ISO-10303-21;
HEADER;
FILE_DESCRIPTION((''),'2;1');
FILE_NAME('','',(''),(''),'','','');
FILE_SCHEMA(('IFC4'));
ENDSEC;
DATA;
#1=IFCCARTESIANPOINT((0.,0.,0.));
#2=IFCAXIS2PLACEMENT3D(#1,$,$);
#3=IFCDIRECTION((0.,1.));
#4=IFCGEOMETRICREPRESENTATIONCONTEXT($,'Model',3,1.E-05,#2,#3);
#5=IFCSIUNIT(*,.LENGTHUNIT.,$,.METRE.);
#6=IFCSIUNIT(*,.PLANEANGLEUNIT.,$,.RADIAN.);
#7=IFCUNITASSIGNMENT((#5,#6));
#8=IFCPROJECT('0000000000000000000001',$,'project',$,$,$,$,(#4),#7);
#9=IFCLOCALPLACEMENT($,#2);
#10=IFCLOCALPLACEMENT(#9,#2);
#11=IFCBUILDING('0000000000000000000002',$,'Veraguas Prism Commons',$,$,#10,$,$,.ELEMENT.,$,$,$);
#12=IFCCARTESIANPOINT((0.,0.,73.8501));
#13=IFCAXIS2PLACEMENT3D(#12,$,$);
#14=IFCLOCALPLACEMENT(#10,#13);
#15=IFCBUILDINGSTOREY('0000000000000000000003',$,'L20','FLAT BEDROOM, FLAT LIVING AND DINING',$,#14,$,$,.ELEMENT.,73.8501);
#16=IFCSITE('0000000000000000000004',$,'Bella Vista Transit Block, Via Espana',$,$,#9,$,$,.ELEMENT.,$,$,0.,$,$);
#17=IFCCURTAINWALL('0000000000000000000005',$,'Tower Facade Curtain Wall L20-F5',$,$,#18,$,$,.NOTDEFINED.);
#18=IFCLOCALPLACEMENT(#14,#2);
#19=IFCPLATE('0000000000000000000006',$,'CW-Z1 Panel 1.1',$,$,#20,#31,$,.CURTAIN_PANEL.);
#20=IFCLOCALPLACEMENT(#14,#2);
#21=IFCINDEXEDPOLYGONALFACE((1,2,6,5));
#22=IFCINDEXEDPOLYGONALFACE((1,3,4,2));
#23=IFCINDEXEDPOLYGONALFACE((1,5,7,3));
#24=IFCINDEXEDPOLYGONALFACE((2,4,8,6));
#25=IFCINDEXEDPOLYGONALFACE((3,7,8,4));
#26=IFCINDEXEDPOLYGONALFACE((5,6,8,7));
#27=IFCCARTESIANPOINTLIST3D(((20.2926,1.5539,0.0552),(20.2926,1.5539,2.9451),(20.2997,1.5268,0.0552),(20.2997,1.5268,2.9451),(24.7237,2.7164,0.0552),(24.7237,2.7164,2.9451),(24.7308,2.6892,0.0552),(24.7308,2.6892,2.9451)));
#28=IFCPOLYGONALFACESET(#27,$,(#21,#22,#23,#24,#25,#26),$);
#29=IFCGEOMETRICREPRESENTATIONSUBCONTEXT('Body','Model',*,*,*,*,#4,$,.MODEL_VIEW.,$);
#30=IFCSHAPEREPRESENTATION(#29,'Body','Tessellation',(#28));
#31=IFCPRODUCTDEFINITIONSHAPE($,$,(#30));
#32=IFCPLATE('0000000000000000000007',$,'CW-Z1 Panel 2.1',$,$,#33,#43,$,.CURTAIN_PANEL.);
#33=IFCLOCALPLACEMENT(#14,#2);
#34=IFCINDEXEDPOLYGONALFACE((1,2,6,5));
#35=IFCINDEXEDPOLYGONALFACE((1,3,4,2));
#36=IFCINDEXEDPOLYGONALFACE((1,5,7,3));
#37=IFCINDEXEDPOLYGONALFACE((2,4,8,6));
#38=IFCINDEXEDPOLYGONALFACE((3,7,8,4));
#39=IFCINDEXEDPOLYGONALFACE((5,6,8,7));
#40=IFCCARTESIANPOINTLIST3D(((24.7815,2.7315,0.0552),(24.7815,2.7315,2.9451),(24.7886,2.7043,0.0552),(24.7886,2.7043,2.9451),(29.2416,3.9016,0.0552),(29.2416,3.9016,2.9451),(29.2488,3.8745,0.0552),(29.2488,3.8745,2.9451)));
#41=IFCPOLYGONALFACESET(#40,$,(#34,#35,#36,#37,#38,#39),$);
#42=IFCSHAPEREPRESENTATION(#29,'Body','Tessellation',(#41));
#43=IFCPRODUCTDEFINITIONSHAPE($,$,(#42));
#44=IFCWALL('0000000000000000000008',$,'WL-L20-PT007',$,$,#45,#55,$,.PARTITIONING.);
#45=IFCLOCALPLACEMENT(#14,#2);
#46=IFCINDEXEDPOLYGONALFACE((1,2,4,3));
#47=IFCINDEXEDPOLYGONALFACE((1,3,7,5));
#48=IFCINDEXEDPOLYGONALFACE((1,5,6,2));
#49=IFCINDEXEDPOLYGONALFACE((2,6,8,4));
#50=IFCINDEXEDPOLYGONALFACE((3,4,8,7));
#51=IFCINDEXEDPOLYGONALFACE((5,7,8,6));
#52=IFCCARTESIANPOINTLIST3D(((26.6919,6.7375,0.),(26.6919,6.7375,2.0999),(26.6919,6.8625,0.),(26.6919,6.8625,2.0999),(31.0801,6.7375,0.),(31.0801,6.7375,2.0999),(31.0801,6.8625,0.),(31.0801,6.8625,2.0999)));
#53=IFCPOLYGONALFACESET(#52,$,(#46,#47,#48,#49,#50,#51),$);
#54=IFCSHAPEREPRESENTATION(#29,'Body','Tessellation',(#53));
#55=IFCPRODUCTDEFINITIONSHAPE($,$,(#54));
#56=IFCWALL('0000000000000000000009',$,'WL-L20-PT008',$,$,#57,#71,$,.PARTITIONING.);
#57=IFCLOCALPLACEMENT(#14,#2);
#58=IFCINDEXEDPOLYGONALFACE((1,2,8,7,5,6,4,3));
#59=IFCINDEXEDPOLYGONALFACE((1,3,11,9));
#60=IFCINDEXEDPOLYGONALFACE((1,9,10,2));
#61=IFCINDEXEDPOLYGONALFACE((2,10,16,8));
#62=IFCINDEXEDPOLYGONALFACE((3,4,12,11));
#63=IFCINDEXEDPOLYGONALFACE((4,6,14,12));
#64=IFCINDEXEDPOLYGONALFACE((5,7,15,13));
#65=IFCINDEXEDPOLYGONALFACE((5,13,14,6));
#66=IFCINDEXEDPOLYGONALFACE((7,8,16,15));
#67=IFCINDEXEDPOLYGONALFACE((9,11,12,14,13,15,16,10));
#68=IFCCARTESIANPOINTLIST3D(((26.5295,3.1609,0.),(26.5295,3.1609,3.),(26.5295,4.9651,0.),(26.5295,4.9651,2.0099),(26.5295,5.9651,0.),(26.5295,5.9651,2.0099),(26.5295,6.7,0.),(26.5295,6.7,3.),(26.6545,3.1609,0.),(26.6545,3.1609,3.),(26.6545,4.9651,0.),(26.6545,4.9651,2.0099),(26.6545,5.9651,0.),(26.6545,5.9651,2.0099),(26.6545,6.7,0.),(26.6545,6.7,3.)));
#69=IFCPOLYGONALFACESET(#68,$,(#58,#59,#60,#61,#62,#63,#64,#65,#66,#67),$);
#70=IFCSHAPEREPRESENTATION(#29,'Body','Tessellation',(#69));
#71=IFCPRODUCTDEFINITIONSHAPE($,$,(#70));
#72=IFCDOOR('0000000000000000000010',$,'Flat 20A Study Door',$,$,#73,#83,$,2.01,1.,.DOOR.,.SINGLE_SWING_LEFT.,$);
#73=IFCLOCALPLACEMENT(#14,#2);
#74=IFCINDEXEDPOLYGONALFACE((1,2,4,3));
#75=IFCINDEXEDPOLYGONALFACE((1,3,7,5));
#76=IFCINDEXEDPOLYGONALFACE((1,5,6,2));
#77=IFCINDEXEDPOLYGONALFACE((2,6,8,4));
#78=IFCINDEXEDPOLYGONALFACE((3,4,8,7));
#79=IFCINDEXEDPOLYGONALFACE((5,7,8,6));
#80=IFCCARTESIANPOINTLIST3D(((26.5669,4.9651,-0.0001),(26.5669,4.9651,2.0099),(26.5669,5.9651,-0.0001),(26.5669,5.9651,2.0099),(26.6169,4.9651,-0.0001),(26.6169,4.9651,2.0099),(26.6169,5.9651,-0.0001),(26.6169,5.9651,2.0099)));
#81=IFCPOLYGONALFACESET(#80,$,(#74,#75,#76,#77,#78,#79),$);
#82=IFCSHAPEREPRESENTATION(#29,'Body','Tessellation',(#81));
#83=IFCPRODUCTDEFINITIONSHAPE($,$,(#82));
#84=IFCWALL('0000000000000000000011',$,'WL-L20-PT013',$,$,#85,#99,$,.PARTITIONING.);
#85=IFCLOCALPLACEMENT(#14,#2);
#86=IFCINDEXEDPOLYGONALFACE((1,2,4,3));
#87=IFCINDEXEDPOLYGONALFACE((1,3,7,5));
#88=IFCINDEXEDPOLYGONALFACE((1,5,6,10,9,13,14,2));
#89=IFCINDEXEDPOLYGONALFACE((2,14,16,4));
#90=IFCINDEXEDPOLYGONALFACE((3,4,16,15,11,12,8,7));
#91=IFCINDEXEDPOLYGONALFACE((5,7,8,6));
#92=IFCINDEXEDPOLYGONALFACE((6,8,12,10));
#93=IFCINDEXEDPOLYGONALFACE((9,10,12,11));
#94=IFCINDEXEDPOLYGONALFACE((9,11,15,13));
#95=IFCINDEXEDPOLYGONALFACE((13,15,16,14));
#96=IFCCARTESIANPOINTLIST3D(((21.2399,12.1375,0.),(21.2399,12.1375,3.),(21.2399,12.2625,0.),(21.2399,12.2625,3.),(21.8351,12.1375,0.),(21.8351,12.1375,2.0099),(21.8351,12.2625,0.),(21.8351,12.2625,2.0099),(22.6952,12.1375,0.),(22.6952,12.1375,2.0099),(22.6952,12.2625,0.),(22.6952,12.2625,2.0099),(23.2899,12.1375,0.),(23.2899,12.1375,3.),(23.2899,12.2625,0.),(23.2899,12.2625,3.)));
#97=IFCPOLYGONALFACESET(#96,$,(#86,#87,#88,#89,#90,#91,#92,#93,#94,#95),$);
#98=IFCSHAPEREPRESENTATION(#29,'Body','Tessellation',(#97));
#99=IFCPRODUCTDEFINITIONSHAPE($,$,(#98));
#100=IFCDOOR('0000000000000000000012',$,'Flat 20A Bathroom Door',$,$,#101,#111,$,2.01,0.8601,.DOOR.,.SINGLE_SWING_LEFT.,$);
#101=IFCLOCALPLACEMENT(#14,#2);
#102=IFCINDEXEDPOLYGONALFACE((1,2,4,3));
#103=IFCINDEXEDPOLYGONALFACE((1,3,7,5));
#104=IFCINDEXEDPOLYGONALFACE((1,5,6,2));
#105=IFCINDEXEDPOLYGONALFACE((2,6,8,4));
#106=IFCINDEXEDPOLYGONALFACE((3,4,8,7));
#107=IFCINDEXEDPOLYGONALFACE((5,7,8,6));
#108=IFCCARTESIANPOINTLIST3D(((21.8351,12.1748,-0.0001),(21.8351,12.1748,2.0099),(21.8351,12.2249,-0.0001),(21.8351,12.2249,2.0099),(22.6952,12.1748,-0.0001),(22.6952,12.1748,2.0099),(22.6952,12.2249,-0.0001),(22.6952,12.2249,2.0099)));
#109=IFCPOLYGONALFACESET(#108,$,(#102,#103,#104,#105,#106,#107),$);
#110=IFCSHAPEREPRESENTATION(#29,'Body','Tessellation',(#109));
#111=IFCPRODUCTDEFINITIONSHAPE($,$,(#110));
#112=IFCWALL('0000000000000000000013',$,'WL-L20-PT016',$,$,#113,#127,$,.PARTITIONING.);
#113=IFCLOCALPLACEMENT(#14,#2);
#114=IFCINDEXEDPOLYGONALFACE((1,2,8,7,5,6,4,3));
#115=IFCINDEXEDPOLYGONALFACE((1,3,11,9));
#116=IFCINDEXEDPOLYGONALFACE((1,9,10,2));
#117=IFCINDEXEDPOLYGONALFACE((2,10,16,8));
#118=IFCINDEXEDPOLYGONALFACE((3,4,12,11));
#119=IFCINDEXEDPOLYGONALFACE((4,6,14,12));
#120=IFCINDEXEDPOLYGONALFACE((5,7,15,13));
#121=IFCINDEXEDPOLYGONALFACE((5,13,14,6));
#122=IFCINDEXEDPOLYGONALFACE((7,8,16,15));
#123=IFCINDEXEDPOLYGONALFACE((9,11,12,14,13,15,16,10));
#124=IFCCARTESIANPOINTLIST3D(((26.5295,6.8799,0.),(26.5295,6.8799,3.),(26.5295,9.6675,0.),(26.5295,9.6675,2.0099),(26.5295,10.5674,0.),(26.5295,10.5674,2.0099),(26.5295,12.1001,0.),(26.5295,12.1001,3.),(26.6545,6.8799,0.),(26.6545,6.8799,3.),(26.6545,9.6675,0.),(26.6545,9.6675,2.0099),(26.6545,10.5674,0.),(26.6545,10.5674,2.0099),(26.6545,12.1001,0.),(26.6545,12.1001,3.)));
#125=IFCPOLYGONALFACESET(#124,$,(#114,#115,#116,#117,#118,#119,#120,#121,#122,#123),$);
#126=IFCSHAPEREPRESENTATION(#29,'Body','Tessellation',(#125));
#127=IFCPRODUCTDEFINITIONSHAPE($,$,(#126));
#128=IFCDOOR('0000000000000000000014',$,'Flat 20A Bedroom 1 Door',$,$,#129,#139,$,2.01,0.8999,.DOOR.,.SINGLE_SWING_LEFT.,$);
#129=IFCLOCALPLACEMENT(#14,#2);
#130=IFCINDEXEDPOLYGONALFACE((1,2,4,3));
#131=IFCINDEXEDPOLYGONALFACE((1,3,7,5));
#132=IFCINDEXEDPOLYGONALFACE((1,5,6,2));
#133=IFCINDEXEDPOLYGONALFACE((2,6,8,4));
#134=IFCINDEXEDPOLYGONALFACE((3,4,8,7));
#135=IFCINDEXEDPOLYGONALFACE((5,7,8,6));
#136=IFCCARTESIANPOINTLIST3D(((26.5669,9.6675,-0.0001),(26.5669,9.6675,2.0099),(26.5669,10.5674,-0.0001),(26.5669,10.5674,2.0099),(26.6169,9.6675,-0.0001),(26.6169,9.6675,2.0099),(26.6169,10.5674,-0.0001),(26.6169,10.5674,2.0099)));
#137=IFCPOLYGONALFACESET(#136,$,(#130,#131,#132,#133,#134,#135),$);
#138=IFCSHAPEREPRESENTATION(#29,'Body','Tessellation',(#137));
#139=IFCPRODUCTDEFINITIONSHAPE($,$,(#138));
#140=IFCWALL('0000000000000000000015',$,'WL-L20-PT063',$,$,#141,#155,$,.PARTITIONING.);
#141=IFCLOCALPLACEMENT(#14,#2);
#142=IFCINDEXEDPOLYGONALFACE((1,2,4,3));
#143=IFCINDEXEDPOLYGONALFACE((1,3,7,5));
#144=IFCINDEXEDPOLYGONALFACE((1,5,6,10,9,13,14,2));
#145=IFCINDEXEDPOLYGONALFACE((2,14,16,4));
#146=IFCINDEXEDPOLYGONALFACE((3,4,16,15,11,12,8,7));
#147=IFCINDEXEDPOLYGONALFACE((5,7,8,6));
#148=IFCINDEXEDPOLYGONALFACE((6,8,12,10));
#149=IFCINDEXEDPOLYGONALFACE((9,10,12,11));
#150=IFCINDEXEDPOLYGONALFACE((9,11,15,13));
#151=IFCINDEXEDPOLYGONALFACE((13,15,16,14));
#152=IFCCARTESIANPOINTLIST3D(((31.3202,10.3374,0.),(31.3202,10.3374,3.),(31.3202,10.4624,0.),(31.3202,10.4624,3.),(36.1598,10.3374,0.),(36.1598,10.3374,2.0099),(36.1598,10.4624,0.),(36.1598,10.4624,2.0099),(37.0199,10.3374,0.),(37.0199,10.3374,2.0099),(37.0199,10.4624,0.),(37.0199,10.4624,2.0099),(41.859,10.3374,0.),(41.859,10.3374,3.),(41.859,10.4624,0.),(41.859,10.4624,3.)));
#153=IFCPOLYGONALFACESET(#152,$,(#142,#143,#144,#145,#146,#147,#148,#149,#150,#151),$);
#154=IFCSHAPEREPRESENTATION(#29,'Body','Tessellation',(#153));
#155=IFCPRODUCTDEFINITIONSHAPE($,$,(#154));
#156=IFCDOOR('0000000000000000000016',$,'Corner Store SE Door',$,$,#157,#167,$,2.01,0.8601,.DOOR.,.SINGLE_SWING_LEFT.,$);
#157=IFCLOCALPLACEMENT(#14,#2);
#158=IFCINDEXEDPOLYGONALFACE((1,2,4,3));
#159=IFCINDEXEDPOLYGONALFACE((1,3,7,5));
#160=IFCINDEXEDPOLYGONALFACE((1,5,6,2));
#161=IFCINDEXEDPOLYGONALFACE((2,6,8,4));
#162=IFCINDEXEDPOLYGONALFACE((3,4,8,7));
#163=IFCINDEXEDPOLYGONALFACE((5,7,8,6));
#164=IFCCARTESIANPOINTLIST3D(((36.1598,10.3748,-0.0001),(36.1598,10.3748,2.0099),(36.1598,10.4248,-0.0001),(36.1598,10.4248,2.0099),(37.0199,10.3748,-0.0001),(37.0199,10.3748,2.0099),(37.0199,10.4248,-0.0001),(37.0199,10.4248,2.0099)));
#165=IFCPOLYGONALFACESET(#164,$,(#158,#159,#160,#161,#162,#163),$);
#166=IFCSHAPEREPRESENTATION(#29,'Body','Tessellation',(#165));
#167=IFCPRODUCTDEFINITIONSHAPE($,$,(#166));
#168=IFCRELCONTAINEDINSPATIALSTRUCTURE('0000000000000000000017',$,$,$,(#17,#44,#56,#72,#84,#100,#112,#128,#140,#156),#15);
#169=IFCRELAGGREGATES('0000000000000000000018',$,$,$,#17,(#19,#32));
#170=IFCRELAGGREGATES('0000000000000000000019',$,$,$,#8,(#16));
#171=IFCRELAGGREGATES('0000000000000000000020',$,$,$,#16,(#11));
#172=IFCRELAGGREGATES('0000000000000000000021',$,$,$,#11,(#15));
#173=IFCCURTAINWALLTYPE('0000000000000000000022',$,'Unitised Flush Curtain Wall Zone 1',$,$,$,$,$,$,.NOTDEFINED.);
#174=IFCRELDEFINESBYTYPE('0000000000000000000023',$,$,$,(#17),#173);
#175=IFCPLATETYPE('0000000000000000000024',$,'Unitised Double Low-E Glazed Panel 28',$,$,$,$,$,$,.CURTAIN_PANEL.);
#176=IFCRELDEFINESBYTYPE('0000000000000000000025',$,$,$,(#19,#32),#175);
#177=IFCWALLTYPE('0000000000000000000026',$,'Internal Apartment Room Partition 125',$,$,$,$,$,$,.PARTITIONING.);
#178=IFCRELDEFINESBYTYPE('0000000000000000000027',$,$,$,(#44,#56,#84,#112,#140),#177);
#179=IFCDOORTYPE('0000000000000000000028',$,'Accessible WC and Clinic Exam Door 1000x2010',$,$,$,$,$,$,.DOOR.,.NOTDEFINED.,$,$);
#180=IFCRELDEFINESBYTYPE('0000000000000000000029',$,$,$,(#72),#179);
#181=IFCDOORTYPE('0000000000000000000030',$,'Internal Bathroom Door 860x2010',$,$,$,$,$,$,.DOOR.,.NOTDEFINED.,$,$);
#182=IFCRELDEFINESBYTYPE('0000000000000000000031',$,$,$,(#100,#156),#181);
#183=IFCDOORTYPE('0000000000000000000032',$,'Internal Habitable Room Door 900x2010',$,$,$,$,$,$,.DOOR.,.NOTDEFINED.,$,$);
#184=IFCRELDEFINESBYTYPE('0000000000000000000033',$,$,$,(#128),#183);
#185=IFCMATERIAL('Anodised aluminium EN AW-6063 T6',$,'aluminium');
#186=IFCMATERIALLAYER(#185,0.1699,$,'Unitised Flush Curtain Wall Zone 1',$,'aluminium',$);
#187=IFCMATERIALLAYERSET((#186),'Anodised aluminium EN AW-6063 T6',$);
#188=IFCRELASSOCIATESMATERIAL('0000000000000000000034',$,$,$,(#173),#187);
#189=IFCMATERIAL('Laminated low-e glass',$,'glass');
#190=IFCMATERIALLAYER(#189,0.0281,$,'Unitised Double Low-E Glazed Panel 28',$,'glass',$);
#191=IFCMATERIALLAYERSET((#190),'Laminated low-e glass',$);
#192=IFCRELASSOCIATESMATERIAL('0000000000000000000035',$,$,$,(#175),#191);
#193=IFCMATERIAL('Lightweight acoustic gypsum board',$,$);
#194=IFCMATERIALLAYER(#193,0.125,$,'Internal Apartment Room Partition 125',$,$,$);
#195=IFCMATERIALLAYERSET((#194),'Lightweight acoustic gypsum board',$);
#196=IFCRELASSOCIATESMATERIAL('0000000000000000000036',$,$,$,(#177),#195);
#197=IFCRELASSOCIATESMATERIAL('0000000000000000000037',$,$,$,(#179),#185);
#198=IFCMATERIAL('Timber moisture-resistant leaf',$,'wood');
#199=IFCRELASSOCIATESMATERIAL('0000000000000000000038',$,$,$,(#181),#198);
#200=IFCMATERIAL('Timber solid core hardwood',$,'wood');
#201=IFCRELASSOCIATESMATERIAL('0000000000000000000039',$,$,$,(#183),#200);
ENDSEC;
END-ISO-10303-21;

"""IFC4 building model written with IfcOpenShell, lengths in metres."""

from ifc_helpers import new_model, si_unit, direction, frame, frame_2d, origin, origin_2d, place, context, subcontext, project, spatial, rectangle, extrude, source, transform, mapped, material, layer, layer_set, type_object, element, fill, aggregate, save


model = new_model("IFC4")

# Units and contexts
model_context = context("Model", 3, precision=1e-05, world=origin(), true_north=direction((0.0, 1.0)))
body_context = subcontext(model_context, "Body", "Model", "MODEL_VIEW")
ifc_project = project(units=[si_unit("LENGTHUNIT", "METRE"), si_unit("PLANEANGLEUNIT", "RADIAN")], contexts=[model_context])

# Site, building, storey
site_placement = place(None, origin())
site = spatial("IfcSite", under=ifc_project, at=site_placement, Name="Bella Vista Transit Block, Via Espana", CompositionType="ELEMENT", RefElevation=0.0)
building_placement = place(site_placement, origin())
building = spatial("IfcBuilding", under=site, at=building_placement, Name="Veraguas Prism Commons", CompositionType="ELEMENT")
storey_placement = place(building_placement, frame((0.0, 0.0, 73.8501)))
storey = spatial("IfcBuildingStorey", under=building, at=storey_placement, Name="L20", Description="FLAT BEDROOM, FLAT LIVING AND DINING", CompositionType="ELEMENT", Elevation=73.8501)

# Curtain wall, plates
ifc_material_1 = material(Name="Anodised aluminium EN AW-6063 T6", Category="aluminium")
ifc_layer_1 = layer(ifc_material_1, 0.1699, Name="Unitised Flush Curtain Wall Zone 1", Category="aluminium")
ifc_layer_set_1 = layer_set([ifc_layer_1], Name="Anodised aluminium EN AW-6063 T6")
curtain_wall_type = type_object("IfcCurtainWallType", Name="Unitised Flush Curtain Wall Zone 1", PredefinedType="NOTDEFINED", material=ifc_layer_set_1)
curtain_wall_placement = place(storey_placement, origin())
curtain_wall = element("IfcCurtainWall", 1, at=curtain_wall_placement, inside=storey, type_object=curtain_wall_type, Name="Tower Facade Curtain Wall L20-F5", PredefinedType="NOTDEFINED")
ifc_material_2 = material(Name="Laminated low-e glass", Category="glass")
ifc_layer_2 = layer(ifc_material_2, 0.0281, Name="Unitised Double Low-E Glazed Panel 28", Category="glass")
ifc_layer_set_2 = layer_set([ifc_layer_2], Name="Laminated low-e glass")
plate_type = type_object("IfcPlateType", Name="Unitised Double Low-E Glazed Panel 28", PredefinedType="CURTAIN_PANEL", material=ifc_layer_set_2)
shared_shape_1 = source(origin(), body_context, "Body", "SweptSolid", [
    extrude(rectangle(XDim=4.5811, YDim=0.0281, at=origin_2d()), origin(), (0.0, 0.0, 1.0), 2.8899),
])
plate_1_placement = place(storey_placement, frame((22.5117, 2.1216, 0.0552), z_axis=(0.0, 0.0, 1.0), x_axis=(0.967267, 0.25376, 0.0)))
plate_1 = element("IfcPlate", 2, at=plate_1_placement, type_object=plate_type, Name="CW-Z1 Panel 1.1", PredefinedType="CURTAIN_PANEL", context=body_context, shape_type="MappedRepresentation", body=[
    mapped(shared_shape_1, transform((0.0, 0.0, 0.0), scale=1.0)),
])
shared_shape_2 = source(origin(), body_context, "Body", "SweptSolid", [
    extrude(rectangle(XDim=4.6111, YDim=0.0281, at=origin_2d()), origin(), (0.0, 0.0, 1.0), 2.8899),
])
plate_2_placement = place(storey_placement, frame((27.0151, 3.303, 0.0552), z_axis=(0.0, 0.0, 1.0), x_axis=(0.967267, 0.25376, 0.0)))
plate_2 = element("IfcPlate", 3, at=plate_2_placement, type_object=plate_type, Name="CW-Z1 Panel 2.1", PredefinedType="CURTAIN_PANEL", context=body_context, shape_type="MappedRepresentation", body=[
    mapped(shared_shape_2, transform((0.0, 0.0, 0.0), scale=1.0)),
])
aggregate(curtain_wall, [plate_1, plate_2])

# Wall
ifc_material_3 = material(Name="Lightweight acoustic gypsum board")
ifc_layer_3 = layer(ifc_material_3, 0.125, Name="Internal Apartment Room Partition 125")
ifc_layer_set_3 = layer_set([ifc_layer_3], Name="Lightweight acoustic gypsum board")
wall_type = type_object("IfcWallType", Name="Internal Apartment Room Partition 125", PredefinedType="PARTITIONING", material=ifc_layer_set_3)
wall_1_placement = place(storey_placement, frame((26.6919, 6.8, 0.0), z_axis=(0.0, 0.0, 1.0), x_axis=(1.0, 0.0, 0.0)))
element("IfcWall", 4, at=wall_1_placement, inside=storey, type_object=wall_type, Name="WL-L20-PT007", PredefinedType="PARTITIONING", context=body_context, shape_type="SweptSolid", body=[
    extrude(rectangle(XDim=4.3882, YDim=0.125, at=frame_2d((2.1941, 0.0))), origin(), (0.0, 0.0, 1.0), 2.0999),
])

# Walls, openings, doors
wall_2_placement = place(storey_placement, frame((26.592, 6.7, 0.0), z_axis=(0.0, 0.0, 1.0), x_axis=(0.0, -1.0, 0.0)))
wall_2 = element("IfcWall", 5, at=wall_2_placement, inside=storey, type_object=wall_type, Name="WL-L20-PT008", PredefinedType="PARTITIONING", context=body_context, shape_type="SweptSolid", body=[
    extrude(rectangle(XDim=3.5391, YDim=0.125, at=frame_2d((1.7695, 0.0))), origin(), (0.0, 0.0, 1.0), 3.0),
])
opening_1_placement = place(wall_2_placement, frame((0.7349, 0.0, 0.0)))
opening_1 = element("IfcOpeningElement", 6, at=opening_1_placement, cuts=wall_2, PredefinedType="OPENING", context=body_context, shape_type="SweptSolid", body=[
    extrude(rectangle(XDim=1.0, YDim=2.01, at=frame_2d((0.5, 1.0049))), frame((0.0, 0.0725, 0.0), z_axis=(0.0, -1.0, 0.0), x_axis=(1.0, 0.0, 0.0)), (0.0, 0.0, 1.0), 0.145),
])
door_type_1 = type_object("IfcDoorType", Name="Accessible WC and Clinic Exam Door 1000x2010", OperationType="NOTDEFINED", PredefinedType="DOOR", material=ifc_material_1)
shared_shape_3 = source(origin(), body_context, "Body", "SweptSolid", [
    extrude(rectangle(XDim=1.0, YDim=2.01, at=frame_2d((0.5, 1.0049))), frame((0.0, 0.0249, 0.0), z_axis=(0.0, -1.0, 0.0), x_axis=(1.0, 0.0, 0.0)), (0.0, 0.0, 1.0), 0.05),
])
door_1_placement = place(opening_1_placement, origin())
door_1 = element("IfcDoor", 7, at=door_1_placement, inside=storey, type_object=door_type_1, Name="Flat 20A Study Door", OperationType="SINGLE_SWING_LEFT", OverallHeight=2.01, OverallWidth=1.0, PredefinedType="DOOR", context=body_context, shape_type="MappedRepresentation", body=[
    mapped(shared_shape_3, transform((0.0, 0.0, 0.0), scale=1.0)),
])
fill(opening_1, door_1)
wall_3_placement = place(storey_placement, frame((21.24, 12.2, 0.0), z_axis=(0.0, 0.0, 1.0), x_axis=(1.0, 0.0, 0.0)))
wall_3 = element("IfcWall", 8, at=wall_3_placement, inside=storey, type_object=wall_type, Name="WL-L20-PT013", PredefinedType="PARTITIONING", context=body_context, shape_type="SweptSolid", body=[
    extrude(rectangle(XDim=2.05, YDim=0.125, at=frame_2d((1.0249, 0.0))), origin(), (0.0, 0.0, 1.0), 3.0),
])
opening_2_placement = place(wall_3_placement, frame((0.595, 0.0, 0.0)))
opening_2 = element("IfcOpeningElement", 9, at=opening_2_placement, cuts=wall_3, PredefinedType="OPENING", context=body_context, shape_type="SweptSolid", body=[
    extrude(rectangle(XDim=0.8601, YDim=2.01, at=frame_2d((0.4302, 1.0049))), frame((0.0, 0.0725, 0.0), z_axis=(0.0, -1.0, 0.0), x_axis=(1.0, 0.0, 0.0)), (0.0, 0.0, 1.0), 0.145),
])
ifc_material_4 = material(Name="Timber moisture-resistant leaf", Category="wood")
door_type_2 = type_object("IfcDoorType", Name="Internal Bathroom Door 860x2010", OperationType="NOTDEFINED", PredefinedType="DOOR", material=ifc_material_4)
shared_shape_4 = source(origin(), body_context, "Body", "SweptSolid", [
    extrude(rectangle(XDim=0.8601, YDim=2.01, at=frame_2d((0.4302, 1.0049))), frame((0.0, 0.0249, 0.0), z_axis=(0.0, -1.0, 0.0), x_axis=(1.0, 0.0, 0.0)), (0.0, 0.0, 1.0), 0.05),
])
door_2_placement = place(opening_2_placement, origin())
door_2 = element("IfcDoor", 10, at=door_2_placement, inside=storey, type_object=door_type_2, Name="Flat 20A Bathroom Door", OperationType="SINGLE_SWING_LEFT", OverallHeight=2.01, OverallWidth=0.8601, PredefinedType="DOOR", context=body_context, shape_type="MappedRepresentation", body=[
    mapped(shared_shape_4, transform((0.0, 0.0, 0.0), scale=1.0)),
])
fill(opening_2, door_2)
wall_4_placement = place(storey_placement, frame((26.592, 12.1001, 0.0), z_axis=(0.0, 0.0, 1.0), x_axis=(0.0, -1.0, 0.0)))
wall_4 = element("IfcWall", 11, at=wall_4_placement, inside=storey, type_object=wall_type, Name="WL-L20-PT016", PredefinedType="PARTITIONING", context=body_context, shape_type="SweptSolid", body=[
    extrude(rectangle(XDim=5.2202, YDim=0.125, at=frame_2d((2.6101, 0.0))), origin(), (0.0, 0.0, 1.0), 3.0),
])
opening_3_placement = place(wall_4_placement, frame((1.5327, 0.0, 0.0)))
opening_3 = element("IfcOpeningElement", 12, at=opening_3_placement, cuts=wall_4, PredefinedType="OPENING", context=body_context, shape_type="SweptSolid", body=[
    extrude(rectangle(XDim=0.8999, YDim=2.01, at=frame_2d((0.45, 1.0049))), frame((0.0, 0.0725, 0.0), z_axis=(0.0, -1.0, 0.0), x_axis=(1.0, 0.0, 0.0)), (0.0, 0.0, 1.0), 0.145),
])
ifc_material_5 = material(Name="Timber solid core hardwood", Category="wood")
door_type_3 = type_object("IfcDoorType", Name="Internal Habitable Room Door 900x2010", OperationType="NOTDEFINED", PredefinedType="DOOR", material=ifc_material_5)
shared_shape_5 = source(origin(), body_context, "Body", "SweptSolid", [
    extrude(rectangle(XDim=0.8999, YDim=2.01, at=frame_2d((0.45, 1.0049))), frame((0.0, 0.0249, 0.0), z_axis=(0.0, -1.0, 0.0), x_axis=(1.0, 0.0, 0.0)), (0.0, 0.0, 1.0), 0.05),
])
door_3_placement = place(opening_3_placement, origin())
door_3 = element("IfcDoor", 13, at=door_3_placement, inside=storey, type_object=door_type_3, Name="Flat 20A Bedroom 1 Door", OperationType="SINGLE_SWING_LEFT", OverallHeight=2.01, OverallWidth=0.8999, PredefinedType="DOOR", context=body_context, shape_type="MappedRepresentation", body=[
    mapped(shared_shape_5, transform((0.0, 0.0, 0.0), scale=1.0)),
])
fill(opening_3, door_3)
wall_5_placement = place(storey_placement, frame((31.3201, 10.3999, 0.0), z_axis=(0.0, 0.0, 1.0), x_axis=(1.0, 0.0, 0.0)))
wall_5 = element("IfcWall", 14, at=wall_5_placement, inside=storey, type_object=wall_type, Name="WL-L20-PT063", PredefinedType="PARTITIONING", context=body_context, shape_type="SweptSolid", body=[
    extrude(rectangle(XDim=10.5388, YDim=0.125, at=frame_2d((5.2695, 0.0))), origin(), (0.0, 0.0, 1.0), 3.0),
])
opening_4_placement = place(wall_5_placement, frame((4.8396, 0.0, 0.0)))
opening_4 = element("IfcOpeningElement", 15, at=opening_4_placement, cuts=wall_5, PredefinedType="OPENING", context=body_context, shape_type="SweptSolid", body=[
    extrude(rectangle(XDim=0.8601, YDim=2.01, at=frame_2d((0.4302, 1.0049))), frame((0.0, 0.0725, 0.0), z_axis=(0.0, -1.0, 0.0), x_axis=(1.0, 0.0, 0.0)), (0.0, 0.0, 1.0), 0.145),
])
door_4_placement = place(opening_4_placement, origin())
door_4 = element("IfcDoor", 16, at=door_4_placement, inside=storey, type_object=door_type_2, Name="Corner Store SE Door", OperationType="SINGLE_SWING_LEFT", OverallHeight=2.01, OverallWidth=0.8601, PredefinedType="DOOR", context=body_context, shape_type="MappedRepresentation", body=[
    mapped(shared_shape_4, transform((0.0, 0.0, 0.0), scale=1.0)),
])
fill(opening_4, door_4)

save(model, "model.ifc")
